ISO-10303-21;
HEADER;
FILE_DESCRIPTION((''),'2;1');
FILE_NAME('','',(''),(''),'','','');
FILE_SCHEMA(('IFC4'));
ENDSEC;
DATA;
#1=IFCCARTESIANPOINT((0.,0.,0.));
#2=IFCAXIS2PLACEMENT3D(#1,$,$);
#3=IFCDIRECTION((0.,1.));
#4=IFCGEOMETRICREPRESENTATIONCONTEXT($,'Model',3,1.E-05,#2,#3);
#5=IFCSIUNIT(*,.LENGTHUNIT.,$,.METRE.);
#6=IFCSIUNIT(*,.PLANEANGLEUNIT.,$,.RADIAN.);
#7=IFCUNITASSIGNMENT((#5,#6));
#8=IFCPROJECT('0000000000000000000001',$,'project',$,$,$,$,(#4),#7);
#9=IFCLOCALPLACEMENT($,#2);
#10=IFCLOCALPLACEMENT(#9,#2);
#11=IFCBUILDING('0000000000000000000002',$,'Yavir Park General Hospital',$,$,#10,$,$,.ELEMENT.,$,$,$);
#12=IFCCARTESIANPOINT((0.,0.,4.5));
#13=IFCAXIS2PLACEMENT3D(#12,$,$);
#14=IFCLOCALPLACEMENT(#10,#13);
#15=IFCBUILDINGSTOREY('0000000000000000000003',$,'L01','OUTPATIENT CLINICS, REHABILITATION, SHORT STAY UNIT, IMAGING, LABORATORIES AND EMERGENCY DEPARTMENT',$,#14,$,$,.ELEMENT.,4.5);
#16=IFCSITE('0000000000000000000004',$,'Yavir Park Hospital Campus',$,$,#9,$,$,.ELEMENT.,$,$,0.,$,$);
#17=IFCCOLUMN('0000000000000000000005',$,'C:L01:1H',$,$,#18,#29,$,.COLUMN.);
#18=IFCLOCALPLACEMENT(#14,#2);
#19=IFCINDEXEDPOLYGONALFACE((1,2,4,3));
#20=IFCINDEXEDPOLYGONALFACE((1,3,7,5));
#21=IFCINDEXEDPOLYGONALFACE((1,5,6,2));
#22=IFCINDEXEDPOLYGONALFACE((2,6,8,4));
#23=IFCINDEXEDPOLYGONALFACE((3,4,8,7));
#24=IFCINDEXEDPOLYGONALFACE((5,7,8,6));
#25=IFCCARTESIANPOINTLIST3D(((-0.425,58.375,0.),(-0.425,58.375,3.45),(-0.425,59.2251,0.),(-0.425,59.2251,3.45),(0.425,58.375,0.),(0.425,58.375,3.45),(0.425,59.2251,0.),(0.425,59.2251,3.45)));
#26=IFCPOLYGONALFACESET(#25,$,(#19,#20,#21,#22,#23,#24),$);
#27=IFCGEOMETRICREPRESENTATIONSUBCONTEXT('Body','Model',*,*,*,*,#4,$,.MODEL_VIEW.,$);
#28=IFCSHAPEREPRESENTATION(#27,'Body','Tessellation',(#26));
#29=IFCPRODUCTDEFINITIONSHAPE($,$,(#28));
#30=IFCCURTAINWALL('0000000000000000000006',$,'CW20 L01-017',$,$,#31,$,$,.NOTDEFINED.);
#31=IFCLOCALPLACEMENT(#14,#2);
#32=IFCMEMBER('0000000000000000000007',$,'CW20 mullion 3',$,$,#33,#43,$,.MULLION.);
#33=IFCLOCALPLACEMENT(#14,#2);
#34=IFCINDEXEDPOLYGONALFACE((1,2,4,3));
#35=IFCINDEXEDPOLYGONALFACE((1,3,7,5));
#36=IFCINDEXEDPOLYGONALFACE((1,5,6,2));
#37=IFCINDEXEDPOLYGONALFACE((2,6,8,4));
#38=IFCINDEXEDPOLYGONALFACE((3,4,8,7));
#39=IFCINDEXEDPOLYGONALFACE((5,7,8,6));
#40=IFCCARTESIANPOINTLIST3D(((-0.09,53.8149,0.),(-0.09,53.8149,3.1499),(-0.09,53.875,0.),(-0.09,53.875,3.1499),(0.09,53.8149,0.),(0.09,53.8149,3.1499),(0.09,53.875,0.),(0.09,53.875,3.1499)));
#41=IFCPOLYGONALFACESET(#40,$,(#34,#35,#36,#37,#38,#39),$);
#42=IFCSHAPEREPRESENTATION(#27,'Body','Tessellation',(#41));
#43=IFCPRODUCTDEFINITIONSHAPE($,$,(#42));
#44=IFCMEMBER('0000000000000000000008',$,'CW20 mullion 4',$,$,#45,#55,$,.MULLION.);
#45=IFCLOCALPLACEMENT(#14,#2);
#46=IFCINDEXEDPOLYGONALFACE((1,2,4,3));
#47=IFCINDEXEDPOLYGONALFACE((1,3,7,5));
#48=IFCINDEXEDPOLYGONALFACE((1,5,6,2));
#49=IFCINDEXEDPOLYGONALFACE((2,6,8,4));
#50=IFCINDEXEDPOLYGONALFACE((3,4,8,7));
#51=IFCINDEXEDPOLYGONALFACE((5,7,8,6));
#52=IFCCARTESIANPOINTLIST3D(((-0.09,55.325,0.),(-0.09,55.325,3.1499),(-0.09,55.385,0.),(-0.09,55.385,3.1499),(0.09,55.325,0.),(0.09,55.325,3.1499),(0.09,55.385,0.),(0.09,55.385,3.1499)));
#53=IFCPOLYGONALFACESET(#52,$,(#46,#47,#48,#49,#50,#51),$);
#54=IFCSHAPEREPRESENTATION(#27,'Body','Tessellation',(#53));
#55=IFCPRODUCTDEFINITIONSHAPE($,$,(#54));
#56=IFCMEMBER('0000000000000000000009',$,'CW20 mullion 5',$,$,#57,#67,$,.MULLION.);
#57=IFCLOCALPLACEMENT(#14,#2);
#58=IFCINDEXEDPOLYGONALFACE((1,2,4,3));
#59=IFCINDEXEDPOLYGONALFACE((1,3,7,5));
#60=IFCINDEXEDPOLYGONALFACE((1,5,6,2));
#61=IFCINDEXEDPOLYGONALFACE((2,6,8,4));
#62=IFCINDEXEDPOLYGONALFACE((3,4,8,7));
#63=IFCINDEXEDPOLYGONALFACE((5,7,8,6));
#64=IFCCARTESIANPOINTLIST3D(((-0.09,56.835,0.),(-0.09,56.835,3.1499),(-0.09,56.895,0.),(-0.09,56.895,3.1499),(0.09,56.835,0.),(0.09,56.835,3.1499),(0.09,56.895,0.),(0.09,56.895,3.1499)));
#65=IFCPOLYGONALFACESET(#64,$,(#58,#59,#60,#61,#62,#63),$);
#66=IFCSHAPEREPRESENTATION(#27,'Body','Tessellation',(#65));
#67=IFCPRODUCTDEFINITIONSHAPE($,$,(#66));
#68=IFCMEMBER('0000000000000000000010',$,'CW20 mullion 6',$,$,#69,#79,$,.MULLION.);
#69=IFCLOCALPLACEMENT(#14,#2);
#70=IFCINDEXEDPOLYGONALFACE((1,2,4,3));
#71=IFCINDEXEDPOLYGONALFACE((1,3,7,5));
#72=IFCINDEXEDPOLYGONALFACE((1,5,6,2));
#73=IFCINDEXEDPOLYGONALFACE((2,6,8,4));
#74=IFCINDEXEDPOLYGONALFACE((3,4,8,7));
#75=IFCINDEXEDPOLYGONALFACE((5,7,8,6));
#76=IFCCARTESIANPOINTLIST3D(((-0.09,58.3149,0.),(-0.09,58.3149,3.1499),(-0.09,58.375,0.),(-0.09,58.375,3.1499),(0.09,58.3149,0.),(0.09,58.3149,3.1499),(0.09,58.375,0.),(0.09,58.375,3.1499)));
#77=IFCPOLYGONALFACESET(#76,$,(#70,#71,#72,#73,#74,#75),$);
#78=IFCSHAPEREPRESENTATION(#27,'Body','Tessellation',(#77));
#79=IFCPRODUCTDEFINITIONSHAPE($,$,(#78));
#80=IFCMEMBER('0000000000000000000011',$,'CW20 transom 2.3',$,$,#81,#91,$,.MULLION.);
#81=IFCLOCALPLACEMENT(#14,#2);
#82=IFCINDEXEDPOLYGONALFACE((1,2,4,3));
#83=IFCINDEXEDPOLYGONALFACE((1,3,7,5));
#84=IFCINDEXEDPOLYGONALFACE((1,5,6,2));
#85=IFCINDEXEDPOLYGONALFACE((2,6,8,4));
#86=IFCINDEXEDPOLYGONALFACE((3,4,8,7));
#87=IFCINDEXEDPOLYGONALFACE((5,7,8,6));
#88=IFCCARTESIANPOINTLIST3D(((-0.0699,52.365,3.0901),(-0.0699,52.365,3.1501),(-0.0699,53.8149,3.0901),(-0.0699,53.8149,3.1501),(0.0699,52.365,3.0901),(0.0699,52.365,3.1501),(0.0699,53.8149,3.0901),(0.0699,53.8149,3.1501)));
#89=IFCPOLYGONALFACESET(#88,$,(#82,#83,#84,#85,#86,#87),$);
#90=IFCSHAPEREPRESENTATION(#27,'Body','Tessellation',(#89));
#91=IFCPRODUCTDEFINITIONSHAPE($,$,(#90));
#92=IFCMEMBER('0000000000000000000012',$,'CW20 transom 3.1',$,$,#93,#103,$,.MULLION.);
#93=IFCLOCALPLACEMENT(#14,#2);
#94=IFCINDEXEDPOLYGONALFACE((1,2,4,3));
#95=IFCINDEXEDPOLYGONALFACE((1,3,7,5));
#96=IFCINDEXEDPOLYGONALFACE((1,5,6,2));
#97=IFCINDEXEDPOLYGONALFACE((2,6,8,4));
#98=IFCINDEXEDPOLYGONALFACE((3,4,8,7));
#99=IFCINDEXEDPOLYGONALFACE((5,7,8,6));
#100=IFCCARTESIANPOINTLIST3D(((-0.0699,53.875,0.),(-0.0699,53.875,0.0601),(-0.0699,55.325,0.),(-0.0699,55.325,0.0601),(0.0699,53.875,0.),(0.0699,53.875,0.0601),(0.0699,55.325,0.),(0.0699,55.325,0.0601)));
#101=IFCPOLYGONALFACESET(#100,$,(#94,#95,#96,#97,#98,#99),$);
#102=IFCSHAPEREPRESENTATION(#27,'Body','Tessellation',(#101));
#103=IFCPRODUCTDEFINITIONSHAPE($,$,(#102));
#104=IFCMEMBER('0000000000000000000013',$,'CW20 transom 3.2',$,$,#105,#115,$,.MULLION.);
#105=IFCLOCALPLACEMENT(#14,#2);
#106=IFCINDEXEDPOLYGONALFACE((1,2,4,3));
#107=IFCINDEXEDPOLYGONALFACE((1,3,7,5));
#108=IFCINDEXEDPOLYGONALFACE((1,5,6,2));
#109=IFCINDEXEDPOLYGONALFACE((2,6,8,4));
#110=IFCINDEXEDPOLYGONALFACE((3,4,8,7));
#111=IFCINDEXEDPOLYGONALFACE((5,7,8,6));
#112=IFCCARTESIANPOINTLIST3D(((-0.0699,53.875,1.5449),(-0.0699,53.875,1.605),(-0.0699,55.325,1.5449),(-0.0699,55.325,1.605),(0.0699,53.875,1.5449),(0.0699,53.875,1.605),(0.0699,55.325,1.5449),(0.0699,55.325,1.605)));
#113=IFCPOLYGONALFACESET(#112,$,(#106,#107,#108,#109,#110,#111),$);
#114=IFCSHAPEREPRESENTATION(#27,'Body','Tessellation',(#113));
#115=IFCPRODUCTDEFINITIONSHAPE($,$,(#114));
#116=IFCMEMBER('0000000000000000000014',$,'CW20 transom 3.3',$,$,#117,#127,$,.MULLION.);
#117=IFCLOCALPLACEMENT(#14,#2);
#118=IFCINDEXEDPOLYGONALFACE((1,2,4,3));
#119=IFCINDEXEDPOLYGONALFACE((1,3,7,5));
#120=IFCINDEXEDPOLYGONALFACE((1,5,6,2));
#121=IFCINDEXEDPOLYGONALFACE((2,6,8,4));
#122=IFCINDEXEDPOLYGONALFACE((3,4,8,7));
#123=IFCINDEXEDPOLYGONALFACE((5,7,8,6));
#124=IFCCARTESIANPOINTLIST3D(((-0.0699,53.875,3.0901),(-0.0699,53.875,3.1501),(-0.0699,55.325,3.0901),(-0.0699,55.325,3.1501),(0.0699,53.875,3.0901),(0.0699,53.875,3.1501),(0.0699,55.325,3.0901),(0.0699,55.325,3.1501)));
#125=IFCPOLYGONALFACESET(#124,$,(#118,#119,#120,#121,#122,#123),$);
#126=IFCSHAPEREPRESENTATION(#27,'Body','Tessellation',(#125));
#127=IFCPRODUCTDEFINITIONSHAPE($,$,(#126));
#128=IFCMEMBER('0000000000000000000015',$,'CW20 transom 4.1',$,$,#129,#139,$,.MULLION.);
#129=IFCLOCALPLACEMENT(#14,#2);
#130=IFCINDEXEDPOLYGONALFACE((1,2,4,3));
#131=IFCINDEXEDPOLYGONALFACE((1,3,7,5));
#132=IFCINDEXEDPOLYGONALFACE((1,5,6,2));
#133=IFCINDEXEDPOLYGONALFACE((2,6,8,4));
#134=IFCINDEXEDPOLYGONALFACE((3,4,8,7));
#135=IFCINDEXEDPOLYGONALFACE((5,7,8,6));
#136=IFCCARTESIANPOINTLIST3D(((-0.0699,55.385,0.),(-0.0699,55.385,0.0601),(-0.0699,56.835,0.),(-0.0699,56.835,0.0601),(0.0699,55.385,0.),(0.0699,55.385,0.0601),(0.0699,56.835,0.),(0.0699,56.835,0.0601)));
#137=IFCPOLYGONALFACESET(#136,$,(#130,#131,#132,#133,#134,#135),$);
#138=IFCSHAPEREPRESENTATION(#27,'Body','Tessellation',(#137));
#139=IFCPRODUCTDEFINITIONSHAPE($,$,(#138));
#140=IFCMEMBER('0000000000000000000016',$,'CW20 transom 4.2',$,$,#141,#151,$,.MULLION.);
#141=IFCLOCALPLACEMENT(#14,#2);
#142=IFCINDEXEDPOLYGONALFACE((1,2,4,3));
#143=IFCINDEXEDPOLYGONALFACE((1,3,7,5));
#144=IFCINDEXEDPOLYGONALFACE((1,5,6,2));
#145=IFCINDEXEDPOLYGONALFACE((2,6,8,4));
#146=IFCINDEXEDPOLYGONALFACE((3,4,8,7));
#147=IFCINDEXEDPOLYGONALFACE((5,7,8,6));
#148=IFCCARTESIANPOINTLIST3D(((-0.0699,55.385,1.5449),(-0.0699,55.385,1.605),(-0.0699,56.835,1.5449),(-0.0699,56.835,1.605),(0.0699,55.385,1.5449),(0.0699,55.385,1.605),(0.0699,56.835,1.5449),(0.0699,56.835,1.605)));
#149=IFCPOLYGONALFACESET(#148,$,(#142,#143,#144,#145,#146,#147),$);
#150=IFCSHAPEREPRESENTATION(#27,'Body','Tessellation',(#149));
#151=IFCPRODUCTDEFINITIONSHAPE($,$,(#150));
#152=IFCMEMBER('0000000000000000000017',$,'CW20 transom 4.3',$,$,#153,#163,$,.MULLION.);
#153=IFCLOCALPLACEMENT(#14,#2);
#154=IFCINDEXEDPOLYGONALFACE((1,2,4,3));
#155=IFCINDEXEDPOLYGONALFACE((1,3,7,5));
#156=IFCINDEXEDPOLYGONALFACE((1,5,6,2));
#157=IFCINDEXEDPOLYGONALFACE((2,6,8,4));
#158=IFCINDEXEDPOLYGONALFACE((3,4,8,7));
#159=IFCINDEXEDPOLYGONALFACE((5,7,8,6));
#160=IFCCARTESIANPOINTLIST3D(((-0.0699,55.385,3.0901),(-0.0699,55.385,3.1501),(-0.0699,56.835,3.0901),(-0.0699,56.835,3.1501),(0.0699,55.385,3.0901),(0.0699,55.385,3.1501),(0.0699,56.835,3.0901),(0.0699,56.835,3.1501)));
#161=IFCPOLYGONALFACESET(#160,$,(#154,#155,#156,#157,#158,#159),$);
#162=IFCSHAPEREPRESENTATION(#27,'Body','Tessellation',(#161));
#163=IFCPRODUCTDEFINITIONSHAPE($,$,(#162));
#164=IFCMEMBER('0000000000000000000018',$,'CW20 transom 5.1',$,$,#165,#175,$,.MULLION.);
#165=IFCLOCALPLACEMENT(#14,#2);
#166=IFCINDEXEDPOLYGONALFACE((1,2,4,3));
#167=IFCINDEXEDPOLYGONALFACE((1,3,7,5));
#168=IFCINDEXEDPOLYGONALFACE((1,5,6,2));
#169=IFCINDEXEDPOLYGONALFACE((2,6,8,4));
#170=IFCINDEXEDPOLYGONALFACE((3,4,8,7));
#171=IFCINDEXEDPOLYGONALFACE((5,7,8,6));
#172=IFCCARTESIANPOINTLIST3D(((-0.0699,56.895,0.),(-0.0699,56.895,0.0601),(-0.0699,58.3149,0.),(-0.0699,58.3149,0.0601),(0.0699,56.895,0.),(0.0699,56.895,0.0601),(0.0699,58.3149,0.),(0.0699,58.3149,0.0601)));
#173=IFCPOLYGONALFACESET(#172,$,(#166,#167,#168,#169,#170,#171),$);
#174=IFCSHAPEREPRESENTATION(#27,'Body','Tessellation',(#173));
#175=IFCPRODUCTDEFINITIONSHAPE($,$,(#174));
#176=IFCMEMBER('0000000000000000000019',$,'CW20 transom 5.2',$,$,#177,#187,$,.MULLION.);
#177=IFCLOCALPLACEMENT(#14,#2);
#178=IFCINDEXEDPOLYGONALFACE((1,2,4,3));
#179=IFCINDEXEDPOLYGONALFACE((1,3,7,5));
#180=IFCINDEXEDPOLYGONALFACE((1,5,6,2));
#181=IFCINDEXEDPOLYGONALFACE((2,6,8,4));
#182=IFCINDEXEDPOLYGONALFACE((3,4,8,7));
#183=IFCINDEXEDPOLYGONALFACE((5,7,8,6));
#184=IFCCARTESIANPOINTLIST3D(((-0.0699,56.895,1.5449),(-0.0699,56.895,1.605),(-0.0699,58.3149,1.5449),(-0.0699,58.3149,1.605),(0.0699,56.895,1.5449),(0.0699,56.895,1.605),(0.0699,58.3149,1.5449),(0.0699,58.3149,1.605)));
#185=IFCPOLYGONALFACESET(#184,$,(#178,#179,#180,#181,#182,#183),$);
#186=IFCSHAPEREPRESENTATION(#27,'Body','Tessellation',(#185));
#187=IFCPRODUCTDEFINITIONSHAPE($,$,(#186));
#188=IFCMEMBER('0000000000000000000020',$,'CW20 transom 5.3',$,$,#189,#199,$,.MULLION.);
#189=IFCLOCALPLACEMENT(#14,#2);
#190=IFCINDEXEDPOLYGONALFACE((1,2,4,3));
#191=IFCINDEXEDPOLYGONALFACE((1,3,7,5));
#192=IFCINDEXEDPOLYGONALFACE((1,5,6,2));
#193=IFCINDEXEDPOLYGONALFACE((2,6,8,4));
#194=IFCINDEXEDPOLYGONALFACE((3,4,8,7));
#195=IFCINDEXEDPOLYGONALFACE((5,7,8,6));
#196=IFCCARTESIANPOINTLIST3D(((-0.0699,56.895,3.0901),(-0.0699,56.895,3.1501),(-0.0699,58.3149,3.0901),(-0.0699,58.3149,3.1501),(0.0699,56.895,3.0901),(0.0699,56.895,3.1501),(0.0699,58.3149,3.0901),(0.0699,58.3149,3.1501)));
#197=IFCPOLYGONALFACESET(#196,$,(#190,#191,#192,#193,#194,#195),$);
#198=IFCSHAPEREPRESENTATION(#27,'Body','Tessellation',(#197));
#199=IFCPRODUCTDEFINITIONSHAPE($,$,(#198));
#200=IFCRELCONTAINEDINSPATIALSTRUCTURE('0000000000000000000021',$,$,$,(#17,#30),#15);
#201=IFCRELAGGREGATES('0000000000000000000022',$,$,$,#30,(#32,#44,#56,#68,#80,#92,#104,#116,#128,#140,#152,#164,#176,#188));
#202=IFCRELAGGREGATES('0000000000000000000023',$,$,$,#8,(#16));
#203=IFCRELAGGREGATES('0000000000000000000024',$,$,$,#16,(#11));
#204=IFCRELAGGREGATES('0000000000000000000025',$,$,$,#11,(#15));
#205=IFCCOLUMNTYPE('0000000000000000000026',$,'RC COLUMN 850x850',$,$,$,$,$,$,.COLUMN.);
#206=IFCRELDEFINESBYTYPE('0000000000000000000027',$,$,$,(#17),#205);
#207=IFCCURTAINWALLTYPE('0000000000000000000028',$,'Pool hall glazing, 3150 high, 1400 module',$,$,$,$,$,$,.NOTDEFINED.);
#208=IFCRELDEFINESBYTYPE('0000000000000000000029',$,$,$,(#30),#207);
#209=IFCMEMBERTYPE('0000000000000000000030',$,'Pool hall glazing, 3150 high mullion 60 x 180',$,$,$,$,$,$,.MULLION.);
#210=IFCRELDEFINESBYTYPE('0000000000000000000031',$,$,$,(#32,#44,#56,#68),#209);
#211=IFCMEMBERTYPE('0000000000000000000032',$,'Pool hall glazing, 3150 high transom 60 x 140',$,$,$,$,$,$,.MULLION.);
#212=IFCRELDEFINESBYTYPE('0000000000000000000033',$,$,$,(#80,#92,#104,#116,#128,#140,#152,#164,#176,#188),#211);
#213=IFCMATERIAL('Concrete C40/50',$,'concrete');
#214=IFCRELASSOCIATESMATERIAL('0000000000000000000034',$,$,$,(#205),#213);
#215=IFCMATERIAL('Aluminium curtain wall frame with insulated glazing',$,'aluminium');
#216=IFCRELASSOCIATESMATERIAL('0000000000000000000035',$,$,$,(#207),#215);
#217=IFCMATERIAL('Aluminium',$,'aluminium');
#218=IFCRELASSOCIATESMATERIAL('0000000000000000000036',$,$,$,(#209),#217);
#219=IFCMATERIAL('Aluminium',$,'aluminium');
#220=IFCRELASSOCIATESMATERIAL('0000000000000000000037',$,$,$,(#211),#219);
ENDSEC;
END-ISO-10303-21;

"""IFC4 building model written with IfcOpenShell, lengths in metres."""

from ifc_helpers import new_model, si_unit, direction, frame, origin, origin_2d, place, context, subcontext, project, spatial, rectangle, extrude, material, material_profile, profile_set, type_object, element, aggregate, save


model = new_model("IFC4")

# Units and contexts
model_context = context("Model", 3, precision=1e-05, world=origin(), true_north=direction((0.0, 1.0)))
body_context = subcontext(model_context, "Body", "Model", "MODEL_VIEW")
ifc_project = project(units=[si_unit("LENGTHUNIT", "METRE"), si_unit("PLANEANGLEUNIT", "RADIAN")], contexts=[model_context])

# Site, building, storey
site_placement = place(None, origin())
site = spatial("IfcSite", under=ifc_project, at=site_placement, Name="Yavir Park Hospital Campus", CompositionType="ELEMENT", RefElevation=0.0)
building_placement = place(site_placement, origin())
building = spatial("IfcBuilding", under=site, at=building_placement, Name="Yavir Park General Hospital", CompositionType="ELEMENT")
storey_placement = place(building_placement, frame((0.0, 0.0, 4.5)))
storey = spatial("IfcBuildingStorey", under=building, at=storey_placement, Name="L01", Description="OUTPATIENT CLINICS, REHABILITATION, SHORT STAY UNIT, IMAGING, LABORATORIES AND EMERGENCY DEPARTMENT", CompositionType="ELEMENT", Elevation=4.5)

# Column
ifc_material_1 = material(Name="Concrete C40/50", Category="concrete")
ifc_material_profile_1 = material_profile(ifc_material_1, rectangle(XDim=0.8501, YDim=0.8501, at=origin_2d()), Name="RC850x850")
ifc_profile_set_1 = profile_set([ifc_material_profile_1], Name="Concrete C40/50")
column_type = type_object("IfcColumnType", Name="RC COLUMN 850x850", PredefinedType="COLUMN", material=ifc_profile_set_1)
column_placement = place(storey_placement, frame((0.0, 58.8, 0.0), z_axis=(0.0, 0.0, 1.0), x_axis=(1.0, 0.0, 0.0)))
element("IfcColumn", 1, at=column_placement, inside=storey, type_object=column_type, Name="C:L01:1H", PredefinedType="COLUMN", context=body_context, shape_type="SweptSolid", body=[
    extrude(rectangle(XDim=0.8501, YDim=0.8501, at=origin_2d()), origin(), (0.0, 0.0, 1.0), 3.45),
])

# Curtain wall, members
ifc_material_2 = material(Name="Aluminium curtain wall frame with insulated glazing", Category="aluminium")
curtain_wall_type = type_object("IfcCurtainWallType", Name="Pool hall glazing, 3150 high, 1400 module", PredefinedType="NOTDEFINED", material=ifc_material_2)
curtain_wall_placement = place(storey_placement, origin())
curtain_wall = element("IfcCurtainWall", 2, at=curtain_wall_placement, inside=storey, type_object=curtain_wall_type, Name="CW20 L01-017", PredefinedType="NOTDEFINED")
ifc_material_3 = material(Name="Aluminium", Category="aluminium")
ifc_material_profile_2 = material_profile(ifc_material_3, rectangle(XDim=0.1799, YDim=0.0601, at=origin_2d()), Name="AL 60x180")
ifc_profile_set_2 = profile_set([ifc_material_profile_2], Name="Aluminium")
member_type_1 = type_object("IfcMemberType", Name="Pool hall glazing, 3150 high mullion 60 x 180", PredefinedType="MULLION", material=ifc_profile_set_2)
member_1_placement = place(storey_placement, frame((0.0, 53.845, 0.0), z_axis=(0.0, 0.0, 1.0), x_axis=(-1.0, 0.0, 0.0)))
member_1 = element("IfcMember", 3, at=member_1_placement, type_object=member_type_1, Name="CW20 mullion 3", PredefinedType="MULLION", context=body_context, shape_type="SweptSolid", body=[
    extrude(rectangle(XDim=0.1799, YDim=0.0601, at=origin_2d()), origin(), (0.0, 0.0, 1.0), 3.1499),
])
member_2_placement = place(storey_placement, frame((0.0, 55.355, 0.0), z_axis=(0.0, 0.0, 1.0), x_axis=(-1.0, 0.0, 0.0)))
member_2 = element("IfcMember", 4, at=member_2_placement, type_object=member_type_1, Name="CW20 mullion 4", PredefinedType="MULLION", context=body_context, shape_type="SweptSolid", body=[
    extrude(rectangle(XDim=0.1799, YDim=0.0601, at=origin_2d()), origin(), (0.0, 0.0, 1.0), 3.1499),
])
member_3_placement = place(storey_placement, frame((0.0, 56.865, 0.0), z_axis=(0.0, 0.0, 1.0), x_axis=(-1.0, 0.0, 0.0)))
member_3 = element("IfcMember", 5, at=member_3_placement, type_object=member_type_1, Name="CW20 mullion 5", PredefinedType="MULLION", context=body_context, shape_type="SweptSolid", body=[
    extrude(rectangle(XDim=0.1799, YDim=0.0601, at=origin_2d()), origin(), (0.0, 0.0, 1.0), 3.1499),
])
member_4_placement = place(storey_placement, frame((0.0, 58.345, 0.0), z_axis=(0.0, 0.0, 1.0), x_axis=(-1.0, 0.0, 0.0)))
member_4 = element("IfcMember", 6, at=member_4_placement, type_object=member_type_1, Name="CW20 mullion 6", PredefinedType="MULLION", context=body_context, shape_type="SweptSolid", body=[
    extrude(rectangle(XDim=0.1799, YDim=0.0601, at=origin_2d()), origin(), (0.0, 0.0, 1.0), 3.1499),
])
ifc_material_4 = material(Name="Aluminium", Category="aluminium")
ifc_material_profile_3 = material_profile(ifc_material_4, rectangle(XDim=0.1399, YDim=0.0601, at=origin_2d()), Name="AL 140x60")
ifc_profile_set_3 = profile_set([ifc_material_profile_3], Name="Aluminium")
member_type_2 = type_object("IfcMemberType", Name="Pool hall glazing, 3150 high transom 60 x 140", PredefinedType="MULLION", material=ifc_profile_set_3)
member_5_placement = place(storey_placement, frame((0.0, 52.365, 3.1201), z_axis=(0.0, 1.0, 0.0), x_axis=(-1.0, 0.0, 0.0)))
member_5 = element("IfcMember", 7, at=member_5_placement, type_object=member_type_2, Name="CW20 transom 2.3", PredefinedType="MULLION", context=body_context, shape_type="SweptSolid", body=[
    extrude(rectangle(XDim=0.1399, YDim=0.0601, at=origin_2d()), origin(), (0.0, 0.0, 1.0), 1.45),
])
member_6_placement = place(storey_placement, frame((0.0, 53.875, 0.03), z_axis=(0.0, 1.0, 0.0), x_axis=(-1.0, 0.0, 0.0)))
member_6 = element("IfcMember", 8, at=member_6_placement, type_object=member_type_2, Name="CW20 transom 3.1", PredefinedType="MULLION", context=body_context, shape_type="SweptSolid", body=[
    extrude(rectangle(XDim=0.1399, YDim=0.0601, at=origin_2d()), origin(), (0.0, 0.0, 1.0), 1.45),
])
member_7_placement = place(storey_placement, frame((0.0, 53.875, 1.575), z_axis=(0.0, 1.0, 0.0), x_axis=(-1.0, 0.0, 0.0)))
member_7 = element("IfcMember", 9, at=member_7_placement, type_object=member_type_2, Name="CW20 transom 3.2", PredefinedType="MULLION", context=body_context, shape_type="SweptSolid", body=[
    extrude(rectangle(XDim=0.1399, YDim=0.0601, at=origin_2d()), origin(), (0.0, 0.0, 1.0), 1.45),
])
member_8_placement = place(storey_placement, frame((0.0, 53.875, 3.1201), z_axis=(0.0, 1.0, 0.0), x_axis=(-1.0, 0.0, 0.0)))
member_8 = element("IfcMember", 10, at=member_8_placement, type_object=member_type_2, Name="CW20 transom 3.3", PredefinedType="MULLION", context=body_context, shape_type="SweptSolid", body=[
    extrude(rectangle(XDim=0.1399, YDim=0.0601, at=origin_2d()), origin(), (0.0, 0.0, 1.0), 1.45),
])
member_9_placement = place(storey_placement, frame((0.0, 55.385, 0.03), z_axis=(0.0, 1.0, 0.0), x_axis=(-1.0, 0.0, 0.0)))
member_9 = element("IfcMember", 11, at=member_9_placement, type_object=member_type_2, Name="CW20 transom 4.1", PredefinedType="MULLION", context=body_context, shape_type="SweptSolid", body=[
    extrude(rectangle(XDim=0.1399, YDim=0.0601, at=origin_2d()), origin(), (0.0, 0.0, 1.0), 1.45),
])
member_10_placement = place(storey_placement, frame((0.0, 55.385, 1.575), z_axis=(0.0, 1.0, 0.0), x_axis=(-1.0, 0.0, 0.0)))
member_10 = element("IfcMember", 12, at=member_10_placement, type_object=member_type_2, Name="CW20 transom 4.2", PredefinedType="MULLION", context=body_context, shape_type="SweptSolid", body=[
    extrude(rectangle(XDim=0.1399, YDim=0.0601, at=origin_2d()), origin(), (0.0, 0.0, 1.0), 1.45),
])
member_11_placement = place(storey_placement, frame((0.0, 55.385, 3.1201), z_axis=(0.0, 1.0, 0.0), x_axis=(-1.0, 0.0, 0.0)))
member_11 = element("IfcMember", 13, at=member_11_placement, type_object=member_type_2, Name="CW20 transom 4.3", PredefinedType="MULLION", context=body_context, shape_type="SweptSolid", body=[
    extrude(rectangle(XDim=0.1399, YDim=0.0601, at=origin_2d()), origin(), (0.0, 0.0, 1.0), 1.45),
])
member_12_placement = place(storey_placement, frame((0.0, 56.895, 0.03), z_axis=(0.0, 1.0, 0.0), x_axis=(-1.0, 0.0, 0.0)))
member_12 = element("IfcMember", 14, at=member_12_placement, type_object=member_type_2, Name="CW20 transom 5.1", PredefinedType="MULLION", context=body_context, shape_type="SweptSolid", body=[
    extrude(rectangle(XDim=0.1399, YDim=0.0601, at=origin_2d()), origin(), (0.0, 0.0, 1.0), 1.4199),
])
member_13_placement = place(storey_placement, frame((0.0, 56.895, 1.575), z_axis=(0.0, 1.0, 0.0), x_axis=(-1.0, 0.0, 0.0)))
member_13 = element("IfcMember", 15, at=member_13_placement, type_object=member_type_2, Name="CW20 transom 5.2", PredefinedType="MULLION", context=body_context, shape_type="SweptSolid", body=[
    extrude(rectangle(XDim=0.1399, YDim=0.0601, at=origin_2d()), origin(), (0.0, 0.0, 1.0), 1.4199),
])
member_14_placement = place(storey_placement, frame((0.0, 56.895, 3.1201), z_axis=(0.0, 1.0, 0.0), x_axis=(-1.0, 0.0, 0.0)))
member_14 = element("IfcMember", 16, at=member_14_placement, type_object=member_type_2, Name="CW20 transom 5.3", PredefinedType="MULLION", context=body_context, shape_type="SweptSolid", body=[
    extrude(rectangle(XDim=0.1399, YDim=0.0601, at=origin_2d()), origin(), (0.0, 0.0, 1.0), 1.4199),
])
aggregate(curtain_wall, [member_1, member_2, member_3, member_4, member_5, member_6, member_7, member_8, member_9, member_10, member_11, member_12, member_13, member_14])

save(model, "model.ifc")
